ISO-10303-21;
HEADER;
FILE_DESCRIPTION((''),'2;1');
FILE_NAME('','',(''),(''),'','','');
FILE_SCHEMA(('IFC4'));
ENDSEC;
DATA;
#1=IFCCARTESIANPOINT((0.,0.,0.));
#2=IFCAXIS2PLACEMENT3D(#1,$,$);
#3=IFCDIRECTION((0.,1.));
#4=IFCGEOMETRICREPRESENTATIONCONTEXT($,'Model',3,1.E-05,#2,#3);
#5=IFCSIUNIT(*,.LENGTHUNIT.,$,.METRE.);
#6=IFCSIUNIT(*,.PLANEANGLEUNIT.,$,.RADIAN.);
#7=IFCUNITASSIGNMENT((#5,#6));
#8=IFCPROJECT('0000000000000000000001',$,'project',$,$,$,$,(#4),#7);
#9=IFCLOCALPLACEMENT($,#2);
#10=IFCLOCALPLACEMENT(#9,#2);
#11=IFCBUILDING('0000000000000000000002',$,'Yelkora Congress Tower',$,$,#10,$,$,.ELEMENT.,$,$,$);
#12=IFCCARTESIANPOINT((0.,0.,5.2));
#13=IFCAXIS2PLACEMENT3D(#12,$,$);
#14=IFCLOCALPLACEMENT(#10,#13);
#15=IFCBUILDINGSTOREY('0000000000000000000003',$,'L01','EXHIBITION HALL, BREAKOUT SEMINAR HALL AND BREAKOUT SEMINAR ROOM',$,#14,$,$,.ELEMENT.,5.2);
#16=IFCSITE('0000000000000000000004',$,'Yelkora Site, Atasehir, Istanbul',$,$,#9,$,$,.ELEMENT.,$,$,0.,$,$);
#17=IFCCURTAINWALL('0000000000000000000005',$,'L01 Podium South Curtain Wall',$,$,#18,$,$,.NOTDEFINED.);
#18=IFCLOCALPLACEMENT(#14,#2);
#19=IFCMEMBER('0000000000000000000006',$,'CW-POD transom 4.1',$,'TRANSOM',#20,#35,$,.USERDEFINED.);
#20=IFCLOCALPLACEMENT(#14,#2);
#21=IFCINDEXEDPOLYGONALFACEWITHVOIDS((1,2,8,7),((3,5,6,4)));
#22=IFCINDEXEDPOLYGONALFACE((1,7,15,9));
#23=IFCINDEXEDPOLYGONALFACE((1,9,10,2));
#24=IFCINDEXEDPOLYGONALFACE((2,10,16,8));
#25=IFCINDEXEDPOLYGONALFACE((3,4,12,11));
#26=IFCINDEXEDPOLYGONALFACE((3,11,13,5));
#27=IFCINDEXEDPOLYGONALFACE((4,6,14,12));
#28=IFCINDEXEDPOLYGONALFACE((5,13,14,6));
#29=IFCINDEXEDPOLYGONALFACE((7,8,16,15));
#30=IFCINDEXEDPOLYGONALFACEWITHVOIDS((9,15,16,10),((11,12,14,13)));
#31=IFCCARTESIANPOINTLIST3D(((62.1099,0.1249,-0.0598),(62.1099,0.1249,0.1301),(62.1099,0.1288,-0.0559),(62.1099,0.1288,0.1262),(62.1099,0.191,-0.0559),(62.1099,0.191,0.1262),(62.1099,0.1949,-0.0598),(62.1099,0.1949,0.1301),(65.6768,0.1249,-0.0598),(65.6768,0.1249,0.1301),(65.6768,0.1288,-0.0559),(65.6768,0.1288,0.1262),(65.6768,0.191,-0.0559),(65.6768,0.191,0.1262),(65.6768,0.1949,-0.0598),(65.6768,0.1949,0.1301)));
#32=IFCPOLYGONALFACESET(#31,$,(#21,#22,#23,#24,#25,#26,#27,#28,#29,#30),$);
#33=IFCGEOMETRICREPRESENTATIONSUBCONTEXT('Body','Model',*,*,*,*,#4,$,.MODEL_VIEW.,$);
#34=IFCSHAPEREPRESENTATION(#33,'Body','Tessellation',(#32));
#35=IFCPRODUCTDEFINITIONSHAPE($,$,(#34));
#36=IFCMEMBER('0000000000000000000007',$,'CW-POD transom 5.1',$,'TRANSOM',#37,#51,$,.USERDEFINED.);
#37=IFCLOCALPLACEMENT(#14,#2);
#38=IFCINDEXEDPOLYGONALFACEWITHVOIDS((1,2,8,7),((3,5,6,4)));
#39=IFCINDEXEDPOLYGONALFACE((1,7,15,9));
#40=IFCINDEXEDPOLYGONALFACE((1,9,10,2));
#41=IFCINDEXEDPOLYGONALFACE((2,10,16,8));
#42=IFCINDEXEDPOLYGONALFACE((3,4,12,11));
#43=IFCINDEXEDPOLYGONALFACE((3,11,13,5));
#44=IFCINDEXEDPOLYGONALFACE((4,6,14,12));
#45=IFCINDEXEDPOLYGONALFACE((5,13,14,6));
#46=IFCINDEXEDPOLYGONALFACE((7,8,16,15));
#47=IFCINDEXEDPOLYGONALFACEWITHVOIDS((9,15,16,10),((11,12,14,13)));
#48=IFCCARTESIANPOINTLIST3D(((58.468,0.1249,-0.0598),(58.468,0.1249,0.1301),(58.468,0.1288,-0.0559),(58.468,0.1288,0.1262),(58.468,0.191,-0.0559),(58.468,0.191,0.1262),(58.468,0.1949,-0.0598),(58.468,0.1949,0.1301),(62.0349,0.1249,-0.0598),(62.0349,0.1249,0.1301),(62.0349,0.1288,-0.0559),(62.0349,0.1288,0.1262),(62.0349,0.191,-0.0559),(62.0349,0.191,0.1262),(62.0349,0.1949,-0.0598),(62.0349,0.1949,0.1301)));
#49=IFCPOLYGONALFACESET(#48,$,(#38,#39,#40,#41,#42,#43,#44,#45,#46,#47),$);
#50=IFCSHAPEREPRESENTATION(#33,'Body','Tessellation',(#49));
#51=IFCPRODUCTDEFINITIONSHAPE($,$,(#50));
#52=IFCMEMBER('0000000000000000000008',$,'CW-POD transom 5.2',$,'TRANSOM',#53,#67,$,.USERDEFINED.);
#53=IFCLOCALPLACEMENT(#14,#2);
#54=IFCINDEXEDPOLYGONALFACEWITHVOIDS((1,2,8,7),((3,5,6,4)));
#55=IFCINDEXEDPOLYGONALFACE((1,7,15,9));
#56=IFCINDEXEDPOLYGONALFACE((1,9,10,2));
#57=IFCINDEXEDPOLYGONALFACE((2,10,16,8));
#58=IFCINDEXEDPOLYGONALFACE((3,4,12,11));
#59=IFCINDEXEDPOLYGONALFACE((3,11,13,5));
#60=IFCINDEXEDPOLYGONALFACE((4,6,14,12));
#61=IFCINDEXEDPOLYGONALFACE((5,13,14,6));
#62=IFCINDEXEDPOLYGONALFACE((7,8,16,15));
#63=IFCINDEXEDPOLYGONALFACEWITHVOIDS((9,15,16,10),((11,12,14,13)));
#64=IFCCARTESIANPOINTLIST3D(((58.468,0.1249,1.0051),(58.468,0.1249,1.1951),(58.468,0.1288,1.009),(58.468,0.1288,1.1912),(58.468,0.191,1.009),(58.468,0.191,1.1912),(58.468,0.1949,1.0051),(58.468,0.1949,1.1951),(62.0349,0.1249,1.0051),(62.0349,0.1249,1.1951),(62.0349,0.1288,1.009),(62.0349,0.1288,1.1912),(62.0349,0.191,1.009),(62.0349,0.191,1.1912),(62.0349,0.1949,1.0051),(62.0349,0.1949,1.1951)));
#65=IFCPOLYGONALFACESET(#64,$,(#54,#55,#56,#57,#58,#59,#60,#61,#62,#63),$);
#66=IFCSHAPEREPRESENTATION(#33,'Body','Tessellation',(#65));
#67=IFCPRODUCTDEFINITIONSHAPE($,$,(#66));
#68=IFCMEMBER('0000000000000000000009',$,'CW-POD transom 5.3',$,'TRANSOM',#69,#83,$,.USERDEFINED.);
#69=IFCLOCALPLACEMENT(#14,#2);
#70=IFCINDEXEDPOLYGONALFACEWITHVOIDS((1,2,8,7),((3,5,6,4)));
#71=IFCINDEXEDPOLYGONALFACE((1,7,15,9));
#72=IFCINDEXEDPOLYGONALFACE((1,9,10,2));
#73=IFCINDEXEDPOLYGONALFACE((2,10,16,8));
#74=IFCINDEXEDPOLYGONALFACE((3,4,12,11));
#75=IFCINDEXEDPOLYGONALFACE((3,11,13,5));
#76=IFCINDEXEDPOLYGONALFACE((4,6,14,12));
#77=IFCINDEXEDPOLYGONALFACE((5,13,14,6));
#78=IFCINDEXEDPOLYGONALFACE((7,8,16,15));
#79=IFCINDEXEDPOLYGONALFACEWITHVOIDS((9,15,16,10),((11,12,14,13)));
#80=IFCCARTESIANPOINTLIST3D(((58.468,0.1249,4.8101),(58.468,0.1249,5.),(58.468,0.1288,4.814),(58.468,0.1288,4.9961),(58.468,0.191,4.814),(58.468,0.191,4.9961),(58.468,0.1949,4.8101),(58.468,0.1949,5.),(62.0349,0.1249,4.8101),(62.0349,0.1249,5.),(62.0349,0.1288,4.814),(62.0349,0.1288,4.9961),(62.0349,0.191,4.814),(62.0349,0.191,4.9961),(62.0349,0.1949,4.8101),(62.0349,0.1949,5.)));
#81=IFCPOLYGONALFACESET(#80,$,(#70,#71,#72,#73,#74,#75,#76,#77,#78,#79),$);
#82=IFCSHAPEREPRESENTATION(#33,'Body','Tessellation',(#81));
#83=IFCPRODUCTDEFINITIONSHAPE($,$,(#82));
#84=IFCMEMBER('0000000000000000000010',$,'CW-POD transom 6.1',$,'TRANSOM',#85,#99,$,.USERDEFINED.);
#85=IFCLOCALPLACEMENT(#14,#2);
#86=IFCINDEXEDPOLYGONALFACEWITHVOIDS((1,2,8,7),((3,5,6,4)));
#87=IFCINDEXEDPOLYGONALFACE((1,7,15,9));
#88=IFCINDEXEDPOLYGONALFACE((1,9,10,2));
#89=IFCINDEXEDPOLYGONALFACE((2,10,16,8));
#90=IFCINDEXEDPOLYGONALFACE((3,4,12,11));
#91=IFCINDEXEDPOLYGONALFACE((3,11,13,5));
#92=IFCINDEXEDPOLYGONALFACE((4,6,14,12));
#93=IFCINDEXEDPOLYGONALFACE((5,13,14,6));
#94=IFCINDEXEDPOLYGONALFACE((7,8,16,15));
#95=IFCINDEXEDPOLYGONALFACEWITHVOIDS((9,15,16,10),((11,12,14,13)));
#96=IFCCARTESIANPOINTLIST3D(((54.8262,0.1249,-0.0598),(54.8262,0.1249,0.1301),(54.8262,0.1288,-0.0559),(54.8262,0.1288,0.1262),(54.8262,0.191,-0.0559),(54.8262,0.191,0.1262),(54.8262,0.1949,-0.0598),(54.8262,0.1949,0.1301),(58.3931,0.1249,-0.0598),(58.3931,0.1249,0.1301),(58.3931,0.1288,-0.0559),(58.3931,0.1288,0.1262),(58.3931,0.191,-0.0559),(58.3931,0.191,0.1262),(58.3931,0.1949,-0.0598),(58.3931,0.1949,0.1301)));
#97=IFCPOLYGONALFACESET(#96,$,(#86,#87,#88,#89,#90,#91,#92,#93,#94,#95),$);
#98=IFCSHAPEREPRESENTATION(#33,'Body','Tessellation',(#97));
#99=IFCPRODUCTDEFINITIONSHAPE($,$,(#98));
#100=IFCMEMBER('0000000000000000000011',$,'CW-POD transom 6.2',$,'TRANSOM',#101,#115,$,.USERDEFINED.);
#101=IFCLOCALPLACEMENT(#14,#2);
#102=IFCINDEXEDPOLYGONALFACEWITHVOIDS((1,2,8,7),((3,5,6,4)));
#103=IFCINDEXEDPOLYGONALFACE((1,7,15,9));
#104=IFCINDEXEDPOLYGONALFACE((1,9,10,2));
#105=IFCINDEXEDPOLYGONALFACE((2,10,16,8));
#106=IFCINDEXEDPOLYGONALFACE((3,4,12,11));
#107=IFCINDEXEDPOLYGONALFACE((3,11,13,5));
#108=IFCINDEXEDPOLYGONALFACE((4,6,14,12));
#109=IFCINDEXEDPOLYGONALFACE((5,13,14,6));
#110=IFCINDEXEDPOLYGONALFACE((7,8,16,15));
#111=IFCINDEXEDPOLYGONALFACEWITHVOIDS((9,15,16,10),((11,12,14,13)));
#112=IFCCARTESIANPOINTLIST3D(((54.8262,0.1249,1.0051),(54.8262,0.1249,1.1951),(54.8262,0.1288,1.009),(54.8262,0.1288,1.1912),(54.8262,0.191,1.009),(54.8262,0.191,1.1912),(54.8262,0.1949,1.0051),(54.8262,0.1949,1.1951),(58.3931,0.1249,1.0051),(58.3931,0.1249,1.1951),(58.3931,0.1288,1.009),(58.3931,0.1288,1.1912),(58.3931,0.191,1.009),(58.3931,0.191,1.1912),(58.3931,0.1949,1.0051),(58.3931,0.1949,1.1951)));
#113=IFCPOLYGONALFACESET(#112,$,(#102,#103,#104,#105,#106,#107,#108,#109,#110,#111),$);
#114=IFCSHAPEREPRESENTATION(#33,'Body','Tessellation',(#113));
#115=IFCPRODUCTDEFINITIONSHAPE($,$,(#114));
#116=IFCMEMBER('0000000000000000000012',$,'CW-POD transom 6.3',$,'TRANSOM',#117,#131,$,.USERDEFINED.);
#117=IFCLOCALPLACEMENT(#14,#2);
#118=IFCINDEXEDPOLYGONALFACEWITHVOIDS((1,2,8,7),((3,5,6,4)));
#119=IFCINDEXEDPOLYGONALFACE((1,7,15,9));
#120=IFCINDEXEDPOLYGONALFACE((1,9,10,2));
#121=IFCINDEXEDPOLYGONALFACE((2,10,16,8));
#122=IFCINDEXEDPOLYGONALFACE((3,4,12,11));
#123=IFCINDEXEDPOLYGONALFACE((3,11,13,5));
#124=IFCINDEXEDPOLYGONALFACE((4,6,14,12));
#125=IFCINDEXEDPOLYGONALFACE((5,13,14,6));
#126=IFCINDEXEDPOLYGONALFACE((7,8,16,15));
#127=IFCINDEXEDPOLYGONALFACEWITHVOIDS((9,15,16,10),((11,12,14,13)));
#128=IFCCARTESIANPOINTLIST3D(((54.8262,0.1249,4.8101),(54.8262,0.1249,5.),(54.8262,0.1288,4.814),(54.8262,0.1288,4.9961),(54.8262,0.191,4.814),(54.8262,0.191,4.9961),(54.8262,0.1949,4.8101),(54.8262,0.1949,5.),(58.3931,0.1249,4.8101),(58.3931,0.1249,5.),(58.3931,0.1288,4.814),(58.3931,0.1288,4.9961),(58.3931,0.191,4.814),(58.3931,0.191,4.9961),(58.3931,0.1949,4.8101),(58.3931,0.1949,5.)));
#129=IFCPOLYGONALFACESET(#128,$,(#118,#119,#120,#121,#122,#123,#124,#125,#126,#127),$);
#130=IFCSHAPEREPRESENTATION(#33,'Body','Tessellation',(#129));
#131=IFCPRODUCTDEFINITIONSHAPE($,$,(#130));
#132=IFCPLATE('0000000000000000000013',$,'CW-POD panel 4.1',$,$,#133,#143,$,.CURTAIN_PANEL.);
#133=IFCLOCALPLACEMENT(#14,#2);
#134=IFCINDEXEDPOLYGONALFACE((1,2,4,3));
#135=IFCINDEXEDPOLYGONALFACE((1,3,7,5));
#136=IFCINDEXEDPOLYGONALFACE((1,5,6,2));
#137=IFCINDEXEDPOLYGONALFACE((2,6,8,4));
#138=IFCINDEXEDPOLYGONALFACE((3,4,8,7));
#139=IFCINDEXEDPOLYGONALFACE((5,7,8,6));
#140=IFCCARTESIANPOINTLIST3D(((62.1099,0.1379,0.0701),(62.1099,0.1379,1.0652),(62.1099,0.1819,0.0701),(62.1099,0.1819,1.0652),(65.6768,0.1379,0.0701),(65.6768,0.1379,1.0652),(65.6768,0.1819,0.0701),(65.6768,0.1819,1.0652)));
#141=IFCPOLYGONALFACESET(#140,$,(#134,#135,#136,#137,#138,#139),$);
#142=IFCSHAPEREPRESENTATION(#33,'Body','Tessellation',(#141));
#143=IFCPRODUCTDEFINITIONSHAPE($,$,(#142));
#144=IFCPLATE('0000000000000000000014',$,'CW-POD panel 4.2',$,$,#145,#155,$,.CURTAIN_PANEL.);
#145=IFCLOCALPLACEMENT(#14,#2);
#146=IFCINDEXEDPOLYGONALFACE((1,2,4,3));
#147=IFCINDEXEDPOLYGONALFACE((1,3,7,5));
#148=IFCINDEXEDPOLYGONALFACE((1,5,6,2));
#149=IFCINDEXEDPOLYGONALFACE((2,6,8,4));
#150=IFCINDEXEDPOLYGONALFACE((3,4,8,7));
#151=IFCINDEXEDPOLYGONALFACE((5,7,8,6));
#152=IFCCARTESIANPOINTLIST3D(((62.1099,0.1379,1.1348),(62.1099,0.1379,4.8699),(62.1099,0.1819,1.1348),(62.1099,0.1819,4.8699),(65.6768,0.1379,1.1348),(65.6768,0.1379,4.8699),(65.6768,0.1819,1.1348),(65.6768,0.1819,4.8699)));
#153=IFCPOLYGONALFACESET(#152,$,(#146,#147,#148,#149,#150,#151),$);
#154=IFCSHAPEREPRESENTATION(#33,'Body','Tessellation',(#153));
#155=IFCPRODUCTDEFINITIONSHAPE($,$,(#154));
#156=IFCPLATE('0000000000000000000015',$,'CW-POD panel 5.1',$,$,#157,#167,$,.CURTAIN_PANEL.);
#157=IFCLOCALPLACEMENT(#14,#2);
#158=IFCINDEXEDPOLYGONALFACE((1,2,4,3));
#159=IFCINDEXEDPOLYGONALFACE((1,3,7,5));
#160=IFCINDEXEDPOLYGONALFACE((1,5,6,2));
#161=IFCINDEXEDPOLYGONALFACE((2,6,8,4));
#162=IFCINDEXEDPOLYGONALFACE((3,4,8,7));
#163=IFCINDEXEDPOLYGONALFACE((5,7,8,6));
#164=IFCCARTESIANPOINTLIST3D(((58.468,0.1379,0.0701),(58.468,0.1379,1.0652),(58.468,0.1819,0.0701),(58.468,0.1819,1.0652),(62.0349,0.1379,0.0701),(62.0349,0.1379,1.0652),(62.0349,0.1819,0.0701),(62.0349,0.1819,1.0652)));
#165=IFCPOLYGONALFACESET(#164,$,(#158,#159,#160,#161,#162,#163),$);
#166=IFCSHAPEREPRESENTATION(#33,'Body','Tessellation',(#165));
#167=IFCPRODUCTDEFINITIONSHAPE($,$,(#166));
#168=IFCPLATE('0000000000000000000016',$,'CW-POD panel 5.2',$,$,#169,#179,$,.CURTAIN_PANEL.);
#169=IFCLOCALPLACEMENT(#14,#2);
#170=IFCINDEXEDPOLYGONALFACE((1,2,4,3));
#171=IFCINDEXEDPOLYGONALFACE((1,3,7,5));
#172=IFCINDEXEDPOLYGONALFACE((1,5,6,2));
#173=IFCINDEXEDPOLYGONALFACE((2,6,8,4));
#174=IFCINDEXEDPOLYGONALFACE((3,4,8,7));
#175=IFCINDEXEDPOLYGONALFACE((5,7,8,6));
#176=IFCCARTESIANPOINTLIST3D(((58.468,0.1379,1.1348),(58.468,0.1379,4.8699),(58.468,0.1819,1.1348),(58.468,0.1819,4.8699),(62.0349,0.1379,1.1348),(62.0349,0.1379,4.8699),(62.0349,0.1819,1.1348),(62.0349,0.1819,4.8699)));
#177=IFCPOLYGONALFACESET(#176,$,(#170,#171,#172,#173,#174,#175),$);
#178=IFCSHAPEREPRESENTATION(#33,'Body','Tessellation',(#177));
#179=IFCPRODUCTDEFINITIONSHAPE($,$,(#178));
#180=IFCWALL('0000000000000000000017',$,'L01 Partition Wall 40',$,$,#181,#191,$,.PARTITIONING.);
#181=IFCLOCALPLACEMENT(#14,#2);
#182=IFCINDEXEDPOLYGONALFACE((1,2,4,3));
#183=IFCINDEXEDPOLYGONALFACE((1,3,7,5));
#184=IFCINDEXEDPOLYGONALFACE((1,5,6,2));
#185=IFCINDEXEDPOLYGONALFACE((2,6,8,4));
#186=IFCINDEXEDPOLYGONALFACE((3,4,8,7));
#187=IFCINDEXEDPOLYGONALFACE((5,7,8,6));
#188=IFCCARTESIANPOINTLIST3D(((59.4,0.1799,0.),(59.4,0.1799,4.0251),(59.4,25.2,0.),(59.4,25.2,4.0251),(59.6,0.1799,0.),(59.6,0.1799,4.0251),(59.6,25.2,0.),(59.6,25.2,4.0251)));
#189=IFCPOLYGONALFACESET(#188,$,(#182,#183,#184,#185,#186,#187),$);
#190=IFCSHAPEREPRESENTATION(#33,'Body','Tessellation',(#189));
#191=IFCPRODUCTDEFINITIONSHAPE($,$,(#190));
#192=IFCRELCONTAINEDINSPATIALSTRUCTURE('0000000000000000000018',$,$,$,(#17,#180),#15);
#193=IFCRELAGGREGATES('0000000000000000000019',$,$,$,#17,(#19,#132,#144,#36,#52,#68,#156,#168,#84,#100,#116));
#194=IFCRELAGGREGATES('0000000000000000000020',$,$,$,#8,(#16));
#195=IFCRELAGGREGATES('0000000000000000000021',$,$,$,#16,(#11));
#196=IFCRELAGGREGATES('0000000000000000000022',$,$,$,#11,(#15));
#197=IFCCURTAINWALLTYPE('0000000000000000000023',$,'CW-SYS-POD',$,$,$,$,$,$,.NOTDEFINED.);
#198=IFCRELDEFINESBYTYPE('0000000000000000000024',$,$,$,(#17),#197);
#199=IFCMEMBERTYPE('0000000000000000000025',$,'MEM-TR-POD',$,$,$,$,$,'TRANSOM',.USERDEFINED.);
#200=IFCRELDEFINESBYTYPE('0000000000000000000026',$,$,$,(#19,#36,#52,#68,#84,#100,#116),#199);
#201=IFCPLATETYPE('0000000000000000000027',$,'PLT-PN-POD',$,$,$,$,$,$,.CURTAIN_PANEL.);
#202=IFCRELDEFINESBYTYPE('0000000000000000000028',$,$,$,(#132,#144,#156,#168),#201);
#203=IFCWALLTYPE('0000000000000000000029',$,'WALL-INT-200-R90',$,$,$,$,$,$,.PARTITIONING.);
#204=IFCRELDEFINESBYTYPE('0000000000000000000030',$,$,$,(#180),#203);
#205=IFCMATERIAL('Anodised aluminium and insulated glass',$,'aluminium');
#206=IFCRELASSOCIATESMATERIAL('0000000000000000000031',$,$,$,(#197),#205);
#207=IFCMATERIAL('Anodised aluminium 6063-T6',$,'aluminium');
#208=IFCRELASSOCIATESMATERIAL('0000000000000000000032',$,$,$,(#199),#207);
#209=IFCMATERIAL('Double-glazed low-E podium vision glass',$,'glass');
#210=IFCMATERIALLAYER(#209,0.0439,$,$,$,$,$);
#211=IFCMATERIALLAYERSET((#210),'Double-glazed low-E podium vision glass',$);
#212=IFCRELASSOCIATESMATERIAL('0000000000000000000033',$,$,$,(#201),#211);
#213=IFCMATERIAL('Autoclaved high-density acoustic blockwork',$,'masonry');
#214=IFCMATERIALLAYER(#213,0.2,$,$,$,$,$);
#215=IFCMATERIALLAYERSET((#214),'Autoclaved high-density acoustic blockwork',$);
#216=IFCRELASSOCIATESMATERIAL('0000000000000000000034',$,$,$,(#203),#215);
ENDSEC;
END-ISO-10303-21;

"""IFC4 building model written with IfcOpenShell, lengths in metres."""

from ifc_helpers import new_model, si_unit, direction, frame, frame_2d, origin, origin_2d, place, context, subcontext, project, spatial, rectangle, hollow_rectangle, extrude, material, layer, layer_set, material_profile, profile_set, type_object, element, aggregate, save


model = new_model("IFC4")

# Units and contexts
model_context = context("Model", 3, precision=1e-05, world=origin(), true_north=direction((0.0, 1.0)))
body_context = subcontext(model_context, "Body", "Model", "MODEL_VIEW")
ifc_project = project(units=[si_unit("LENGTHUNIT", "METRE"), si_unit("PLANEANGLEUNIT", "RADIAN")], contexts=[model_context])

# Site, building, storey
site_placement = place(None, origin())
site = spatial("IfcSite", under=ifc_project, at=site_placement, Name="Yelkora Site, Atasehir, Istanbul", CompositionType="ELEMENT", RefElevation=0.0)
building_placement = place(site_placement, origin())
building = spatial("IfcBuilding", under=site, at=building_placement, Name="Yelkora Congress Tower", CompositionType="ELEMENT")
storey_placement = place(building_placement, frame((0.0, 0.0, 5.2)))
storey = spatial("IfcBuildingStorey", under=building, at=storey_placement, Name="L01", Description="EXHIBITION HALL, BREAKOUT SEMINAR HALL AND BREAKOUT SEMINAR ROOM", CompositionType="ELEMENT", Elevation=5.2)

# Curtain wall, members, plates
ifc_material_1 = material(Name="Anodised aluminium and insulated glass", Category="aluminium")
curtain_wall_type = type_object("IfcCurtainWallType", Name="CW-SYS-POD", PredefinedType="NOTDEFINED", material=ifc_material_1)
curtain_wall_placement = place(storey_placement, origin())
curtain_wall = element("IfcCurtainWall", 1, at=curtain_wall_placement, inside=storey, type_object=curtain_wall_type, Name="L01 Podium South Curtain Wall", PredefinedType="NOTDEFINED")
ifc_material_2 = material(Name="Anodised aluminium 6063-T6", Category="aluminium")
ifc_material_profile_1 = material_profile(ifc_material_2, hollow_rectangle(XDim=0.0701, YDim=0.1899, WallThickness=0.0039, at=origin_2d()), Name="ALU 70x190x4")
ifc_profile_set_1 = profile_set([ifc_material_profile_1], Name="Anodised aluminium 6063-T6")
member_type_1 = type_object("IfcMemberType", Name="MEM-TR-POD", ElementType="TRANSOM", PredefinedType="USERDEFINED", material=ifc_profile_set_1)
member_1_placement = place(storey_placement, frame((65.6768, 0.1599, 0.0352), z_axis=(-1.0, 0.0, 0.0), x_axis=(0.0, -1.0, 0.0)))
member_1 = element("IfcMember", 2, at=member_1_placement, type_object=member_type_1, Name="CW-POD transom 4.1", ObjectType="TRANSOM", PredefinedType="USERDEFINED", context=body_context, shape_type="SweptSolid", body=[
    extrude(hollow_rectangle(XDim=0.0701, YDim=0.1899, WallThickness=0.0039, at=origin_2d()), origin(), (0.0, 0.0, 1.0), 3.5669),
])
member_2_placement = place(storey_placement, frame((62.0349, 0.1599, 0.0352), z_axis=(-1.0, 0.0, 0.0), x_axis=(0.0, -1.0, 0.0)))
member_2 = element("IfcMember", 3, at=member_2_placement, type_object=member_type_1, Name="CW-POD transom 5.1", ObjectType="TRANSOM", PredefinedType="USERDEFINED", context=body_context, shape_type="SweptSolid", body=[
    extrude(hollow_rectangle(XDim=0.0701, YDim=0.1899, WallThickness=0.0039, at=origin_2d()), origin(), (0.0, 0.0, 1.0), 3.5669),
])
member_3_placement = place(storey_placement, frame((62.0349, 0.1599, 1.1001), z_axis=(-1.0, 0.0, 0.0), x_axis=(0.0, -1.0, 0.0)))
member_3 = element("IfcMember", 4, at=member_3_placement, type_object=member_type_1, Name="CW-POD transom 5.2", ObjectType="TRANSOM", PredefinedType="USERDEFINED", context=body_context, shape_type="SweptSolid", body=[
    extrude(hollow_rectangle(XDim=0.0701, YDim=0.1899, WallThickness=0.0039, at=origin_2d()), origin(), (0.0, 0.0, 1.0), 3.5669),
])
member_4_placement = place(storey_placement, frame((62.0349, 0.1599, 4.905), z_axis=(-1.0, 0.0, 0.0), x_axis=(0.0, -1.0, 0.0)))
member_4 = element("IfcMember", 5, at=member_4_placement, type_object=member_type_1, Name="CW-POD transom 5.3", ObjectType="TRANSOM", PredefinedType="USERDEFINED", context=body_context, shape_type="SweptSolid", body=[
    extrude(hollow_rectangle(XDim=0.0701, YDim=0.1899, WallThickness=0.0039, at=origin_2d()), origin(), (0.0, 0.0, 1.0), 3.5669),
])
member_5_placement = place(storey_placement, frame((58.3931, 0.1599, 0.0352), z_axis=(-1.0, 0.0, 0.0), x_axis=(0.0, -1.0, 0.0)))
member_5 = element("IfcMember", 6, at=member_5_placement, type_object=member_type_1, Name="CW-POD transom 6.1", ObjectType="TRANSOM", PredefinedType="USERDEFINED", context=body_context, shape_type="SweptSolid", body=[
    extrude(hollow_rectangle(XDim=0.0701, YDim=0.1899, WallThickness=0.0039, at=origin_2d()), origin(), (0.0, 0.0, 1.0), 3.5669),
])
member_6_placement = place(storey_placement, frame((58.3931, 0.1599, 1.1001), z_axis=(-1.0, 0.0, 0.0), x_axis=(0.0, -1.0, 0.0)))
member_6 = element("IfcMember", 7, at=member_6_placement, type_object=member_type_1, Name="CW-POD transom 6.2", ObjectType="TRANSOM", PredefinedType="USERDEFINED", context=body_context, shape_type="SweptSolid", body=[
    extrude(hollow_rectangle(XDim=0.0701, YDim=0.1899, WallThickness=0.0039, at=origin_2d()), origin(), (0.0, 0.0, 1.0), 3.5669),
])
member_7_placement = place(storey_placement, frame((58.3931, 0.1599, 4.905), z_axis=(-1.0, 0.0, 0.0), x_axis=(0.0, -1.0, 0.0)))
member_7 = element("IfcMember", 8, at=member_7_placement, type_object=member_type_1, Name="CW-POD transom 6.3", ObjectType="TRANSOM", PredefinedType="USERDEFINED", context=body_context, shape_type="SweptSolid", body=[
    extrude(hollow_rectangle(XDim=0.0701, YDim=0.1899, WallThickness=0.0039, at=origin_2d()), origin(), (0.0, 0.0, 1.0), 3.5669),
])
ifc_material_3 = material(Name="Double-glazed low-E podium vision glass", Category="glass")
ifc_layer_1 = layer(ifc_material_3, 0.0439)
ifc_layer_set_1 = layer_set([ifc_layer_1], Name="Double-glazed low-E podium vision glass")
plate_type = type_object("IfcPlateType", Name="PLT-PN-POD", PredefinedType="CURTAIN_PANEL", material=ifc_layer_set_1)
plate_1_placement = place(storey_placement, frame((63.8933, 0.1599, 0.0701), z_axis=(0.0, 0.0, 1.0), x_axis=(-1.0, 0.0, 0.0)))
plate_1 = element("IfcPlate", 9, at=plate_1_placement, type_object=plate_type, Name="CW-POD panel 4.1", PredefinedType="CURTAIN_PANEL", context=body_context, shape_type="SweptSolid", body=[
    extrude(rectangle(XDim=3.5669, YDim=0.0439, at=origin_2d()), origin(), (0.0, 0.0, 1.0), 0.9951),
])
plate_2_placement = place(storey_placement, frame((63.8933, 0.1599, 1.1348), z_axis=(0.0, 0.0, 1.0), x_axis=(-1.0, 0.0, 0.0)))
plate_2 = element("IfcPlate", 10, at=plate_2_placement, type_object=plate_type, Name="CW-POD panel 4.2", PredefinedType="CURTAIN_PANEL", context=body_context, shape_type="SweptSolid", body=[
    extrude(rectangle(XDim=3.5669, YDim=0.0439, at=origin_2d()), origin(), (0.0, 0.0, 1.0), 3.7351),
])
plate_3_placement = place(storey_placement, frame((60.2515, 0.1599, 0.0701), z_axis=(0.0, 0.0, 1.0), x_axis=(-1.0, 0.0, 0.0)))
plate_3 = element("IfcPlate", 11, at=plate_3_placement, type_object=plate_type, Name="CW-POD panel 5.1", PredefinedType="CURTAIN_PANEL", context=body_context, shape_type="SweptSolid", body=[
    extrude(rectangle(XDim=3.5669, YDim=0.0439, at=origin_2d()), origin(), (0.0, 0.0, 1.0), 0.9951),
])
plate_4_placement = place(storey_placement, frame((60.2515, 0.1599, 1.1348), z_axis=(0.0, 0.0, 1.0), x_axis=(-1.0, 0.0, 0.0)))
plate_4 = element("IfcPlate", 12, at=plate_4_placement, type_object=plate_type, Name="CW-POD panel 5.2", PredefinedType="CURTAIN_PANEL", context=body_context, shape_type="SweptSolid", body=[
    extrude(rectangle(XDim=3.5669, YDim=0.0439, at=origin_2d()), origin(), (0.0, 0.0, 1.0), 3.7351),
])
aggregate(curtain_wall, [member_1, plate_1, plate_2, member_2, member_3, member_4, plate_3, plate_4, member_5, member_6, member_7])

# Wall
ifc_material_4 = material(Name="Autoclaved high-density acoustic blockwork", Category="masonry")
ifc_layer_2 = layer(ifc_material_4, 0.2)
ifc_layer_set_2 = layer_set([ifc_layer_2], Name="Autoclaved high-density acoustic blockwork")
wall_type = type_object("IfcWallType", Name="WALL-INT-200-R90", PredefinedType="PARTITIONING", material=ifc_layer_set_2)
wall_placement = place(storey_placement, frame((59.5, 0.1799, 0.0), z_axis=(0.0, 0.0, 1.0), x_axis=(0.0, 1.0, 0.0)))
element("IfcWall", 13, at=wall_placement, inside=storey, type_object=wall_type, Name="L01 Partition Wall 40", PredefinedType="PARTITIONING", context=body_context, shape_type="SweptSolid", body=[
    extrude(rectangle(XDim=25.02, YDim=0.2, at=frame_2d((12.51, 0.0))), origin(), (0.0, 0.0, 1.0), 4.0251),
])

save(model, "model.ifc")
